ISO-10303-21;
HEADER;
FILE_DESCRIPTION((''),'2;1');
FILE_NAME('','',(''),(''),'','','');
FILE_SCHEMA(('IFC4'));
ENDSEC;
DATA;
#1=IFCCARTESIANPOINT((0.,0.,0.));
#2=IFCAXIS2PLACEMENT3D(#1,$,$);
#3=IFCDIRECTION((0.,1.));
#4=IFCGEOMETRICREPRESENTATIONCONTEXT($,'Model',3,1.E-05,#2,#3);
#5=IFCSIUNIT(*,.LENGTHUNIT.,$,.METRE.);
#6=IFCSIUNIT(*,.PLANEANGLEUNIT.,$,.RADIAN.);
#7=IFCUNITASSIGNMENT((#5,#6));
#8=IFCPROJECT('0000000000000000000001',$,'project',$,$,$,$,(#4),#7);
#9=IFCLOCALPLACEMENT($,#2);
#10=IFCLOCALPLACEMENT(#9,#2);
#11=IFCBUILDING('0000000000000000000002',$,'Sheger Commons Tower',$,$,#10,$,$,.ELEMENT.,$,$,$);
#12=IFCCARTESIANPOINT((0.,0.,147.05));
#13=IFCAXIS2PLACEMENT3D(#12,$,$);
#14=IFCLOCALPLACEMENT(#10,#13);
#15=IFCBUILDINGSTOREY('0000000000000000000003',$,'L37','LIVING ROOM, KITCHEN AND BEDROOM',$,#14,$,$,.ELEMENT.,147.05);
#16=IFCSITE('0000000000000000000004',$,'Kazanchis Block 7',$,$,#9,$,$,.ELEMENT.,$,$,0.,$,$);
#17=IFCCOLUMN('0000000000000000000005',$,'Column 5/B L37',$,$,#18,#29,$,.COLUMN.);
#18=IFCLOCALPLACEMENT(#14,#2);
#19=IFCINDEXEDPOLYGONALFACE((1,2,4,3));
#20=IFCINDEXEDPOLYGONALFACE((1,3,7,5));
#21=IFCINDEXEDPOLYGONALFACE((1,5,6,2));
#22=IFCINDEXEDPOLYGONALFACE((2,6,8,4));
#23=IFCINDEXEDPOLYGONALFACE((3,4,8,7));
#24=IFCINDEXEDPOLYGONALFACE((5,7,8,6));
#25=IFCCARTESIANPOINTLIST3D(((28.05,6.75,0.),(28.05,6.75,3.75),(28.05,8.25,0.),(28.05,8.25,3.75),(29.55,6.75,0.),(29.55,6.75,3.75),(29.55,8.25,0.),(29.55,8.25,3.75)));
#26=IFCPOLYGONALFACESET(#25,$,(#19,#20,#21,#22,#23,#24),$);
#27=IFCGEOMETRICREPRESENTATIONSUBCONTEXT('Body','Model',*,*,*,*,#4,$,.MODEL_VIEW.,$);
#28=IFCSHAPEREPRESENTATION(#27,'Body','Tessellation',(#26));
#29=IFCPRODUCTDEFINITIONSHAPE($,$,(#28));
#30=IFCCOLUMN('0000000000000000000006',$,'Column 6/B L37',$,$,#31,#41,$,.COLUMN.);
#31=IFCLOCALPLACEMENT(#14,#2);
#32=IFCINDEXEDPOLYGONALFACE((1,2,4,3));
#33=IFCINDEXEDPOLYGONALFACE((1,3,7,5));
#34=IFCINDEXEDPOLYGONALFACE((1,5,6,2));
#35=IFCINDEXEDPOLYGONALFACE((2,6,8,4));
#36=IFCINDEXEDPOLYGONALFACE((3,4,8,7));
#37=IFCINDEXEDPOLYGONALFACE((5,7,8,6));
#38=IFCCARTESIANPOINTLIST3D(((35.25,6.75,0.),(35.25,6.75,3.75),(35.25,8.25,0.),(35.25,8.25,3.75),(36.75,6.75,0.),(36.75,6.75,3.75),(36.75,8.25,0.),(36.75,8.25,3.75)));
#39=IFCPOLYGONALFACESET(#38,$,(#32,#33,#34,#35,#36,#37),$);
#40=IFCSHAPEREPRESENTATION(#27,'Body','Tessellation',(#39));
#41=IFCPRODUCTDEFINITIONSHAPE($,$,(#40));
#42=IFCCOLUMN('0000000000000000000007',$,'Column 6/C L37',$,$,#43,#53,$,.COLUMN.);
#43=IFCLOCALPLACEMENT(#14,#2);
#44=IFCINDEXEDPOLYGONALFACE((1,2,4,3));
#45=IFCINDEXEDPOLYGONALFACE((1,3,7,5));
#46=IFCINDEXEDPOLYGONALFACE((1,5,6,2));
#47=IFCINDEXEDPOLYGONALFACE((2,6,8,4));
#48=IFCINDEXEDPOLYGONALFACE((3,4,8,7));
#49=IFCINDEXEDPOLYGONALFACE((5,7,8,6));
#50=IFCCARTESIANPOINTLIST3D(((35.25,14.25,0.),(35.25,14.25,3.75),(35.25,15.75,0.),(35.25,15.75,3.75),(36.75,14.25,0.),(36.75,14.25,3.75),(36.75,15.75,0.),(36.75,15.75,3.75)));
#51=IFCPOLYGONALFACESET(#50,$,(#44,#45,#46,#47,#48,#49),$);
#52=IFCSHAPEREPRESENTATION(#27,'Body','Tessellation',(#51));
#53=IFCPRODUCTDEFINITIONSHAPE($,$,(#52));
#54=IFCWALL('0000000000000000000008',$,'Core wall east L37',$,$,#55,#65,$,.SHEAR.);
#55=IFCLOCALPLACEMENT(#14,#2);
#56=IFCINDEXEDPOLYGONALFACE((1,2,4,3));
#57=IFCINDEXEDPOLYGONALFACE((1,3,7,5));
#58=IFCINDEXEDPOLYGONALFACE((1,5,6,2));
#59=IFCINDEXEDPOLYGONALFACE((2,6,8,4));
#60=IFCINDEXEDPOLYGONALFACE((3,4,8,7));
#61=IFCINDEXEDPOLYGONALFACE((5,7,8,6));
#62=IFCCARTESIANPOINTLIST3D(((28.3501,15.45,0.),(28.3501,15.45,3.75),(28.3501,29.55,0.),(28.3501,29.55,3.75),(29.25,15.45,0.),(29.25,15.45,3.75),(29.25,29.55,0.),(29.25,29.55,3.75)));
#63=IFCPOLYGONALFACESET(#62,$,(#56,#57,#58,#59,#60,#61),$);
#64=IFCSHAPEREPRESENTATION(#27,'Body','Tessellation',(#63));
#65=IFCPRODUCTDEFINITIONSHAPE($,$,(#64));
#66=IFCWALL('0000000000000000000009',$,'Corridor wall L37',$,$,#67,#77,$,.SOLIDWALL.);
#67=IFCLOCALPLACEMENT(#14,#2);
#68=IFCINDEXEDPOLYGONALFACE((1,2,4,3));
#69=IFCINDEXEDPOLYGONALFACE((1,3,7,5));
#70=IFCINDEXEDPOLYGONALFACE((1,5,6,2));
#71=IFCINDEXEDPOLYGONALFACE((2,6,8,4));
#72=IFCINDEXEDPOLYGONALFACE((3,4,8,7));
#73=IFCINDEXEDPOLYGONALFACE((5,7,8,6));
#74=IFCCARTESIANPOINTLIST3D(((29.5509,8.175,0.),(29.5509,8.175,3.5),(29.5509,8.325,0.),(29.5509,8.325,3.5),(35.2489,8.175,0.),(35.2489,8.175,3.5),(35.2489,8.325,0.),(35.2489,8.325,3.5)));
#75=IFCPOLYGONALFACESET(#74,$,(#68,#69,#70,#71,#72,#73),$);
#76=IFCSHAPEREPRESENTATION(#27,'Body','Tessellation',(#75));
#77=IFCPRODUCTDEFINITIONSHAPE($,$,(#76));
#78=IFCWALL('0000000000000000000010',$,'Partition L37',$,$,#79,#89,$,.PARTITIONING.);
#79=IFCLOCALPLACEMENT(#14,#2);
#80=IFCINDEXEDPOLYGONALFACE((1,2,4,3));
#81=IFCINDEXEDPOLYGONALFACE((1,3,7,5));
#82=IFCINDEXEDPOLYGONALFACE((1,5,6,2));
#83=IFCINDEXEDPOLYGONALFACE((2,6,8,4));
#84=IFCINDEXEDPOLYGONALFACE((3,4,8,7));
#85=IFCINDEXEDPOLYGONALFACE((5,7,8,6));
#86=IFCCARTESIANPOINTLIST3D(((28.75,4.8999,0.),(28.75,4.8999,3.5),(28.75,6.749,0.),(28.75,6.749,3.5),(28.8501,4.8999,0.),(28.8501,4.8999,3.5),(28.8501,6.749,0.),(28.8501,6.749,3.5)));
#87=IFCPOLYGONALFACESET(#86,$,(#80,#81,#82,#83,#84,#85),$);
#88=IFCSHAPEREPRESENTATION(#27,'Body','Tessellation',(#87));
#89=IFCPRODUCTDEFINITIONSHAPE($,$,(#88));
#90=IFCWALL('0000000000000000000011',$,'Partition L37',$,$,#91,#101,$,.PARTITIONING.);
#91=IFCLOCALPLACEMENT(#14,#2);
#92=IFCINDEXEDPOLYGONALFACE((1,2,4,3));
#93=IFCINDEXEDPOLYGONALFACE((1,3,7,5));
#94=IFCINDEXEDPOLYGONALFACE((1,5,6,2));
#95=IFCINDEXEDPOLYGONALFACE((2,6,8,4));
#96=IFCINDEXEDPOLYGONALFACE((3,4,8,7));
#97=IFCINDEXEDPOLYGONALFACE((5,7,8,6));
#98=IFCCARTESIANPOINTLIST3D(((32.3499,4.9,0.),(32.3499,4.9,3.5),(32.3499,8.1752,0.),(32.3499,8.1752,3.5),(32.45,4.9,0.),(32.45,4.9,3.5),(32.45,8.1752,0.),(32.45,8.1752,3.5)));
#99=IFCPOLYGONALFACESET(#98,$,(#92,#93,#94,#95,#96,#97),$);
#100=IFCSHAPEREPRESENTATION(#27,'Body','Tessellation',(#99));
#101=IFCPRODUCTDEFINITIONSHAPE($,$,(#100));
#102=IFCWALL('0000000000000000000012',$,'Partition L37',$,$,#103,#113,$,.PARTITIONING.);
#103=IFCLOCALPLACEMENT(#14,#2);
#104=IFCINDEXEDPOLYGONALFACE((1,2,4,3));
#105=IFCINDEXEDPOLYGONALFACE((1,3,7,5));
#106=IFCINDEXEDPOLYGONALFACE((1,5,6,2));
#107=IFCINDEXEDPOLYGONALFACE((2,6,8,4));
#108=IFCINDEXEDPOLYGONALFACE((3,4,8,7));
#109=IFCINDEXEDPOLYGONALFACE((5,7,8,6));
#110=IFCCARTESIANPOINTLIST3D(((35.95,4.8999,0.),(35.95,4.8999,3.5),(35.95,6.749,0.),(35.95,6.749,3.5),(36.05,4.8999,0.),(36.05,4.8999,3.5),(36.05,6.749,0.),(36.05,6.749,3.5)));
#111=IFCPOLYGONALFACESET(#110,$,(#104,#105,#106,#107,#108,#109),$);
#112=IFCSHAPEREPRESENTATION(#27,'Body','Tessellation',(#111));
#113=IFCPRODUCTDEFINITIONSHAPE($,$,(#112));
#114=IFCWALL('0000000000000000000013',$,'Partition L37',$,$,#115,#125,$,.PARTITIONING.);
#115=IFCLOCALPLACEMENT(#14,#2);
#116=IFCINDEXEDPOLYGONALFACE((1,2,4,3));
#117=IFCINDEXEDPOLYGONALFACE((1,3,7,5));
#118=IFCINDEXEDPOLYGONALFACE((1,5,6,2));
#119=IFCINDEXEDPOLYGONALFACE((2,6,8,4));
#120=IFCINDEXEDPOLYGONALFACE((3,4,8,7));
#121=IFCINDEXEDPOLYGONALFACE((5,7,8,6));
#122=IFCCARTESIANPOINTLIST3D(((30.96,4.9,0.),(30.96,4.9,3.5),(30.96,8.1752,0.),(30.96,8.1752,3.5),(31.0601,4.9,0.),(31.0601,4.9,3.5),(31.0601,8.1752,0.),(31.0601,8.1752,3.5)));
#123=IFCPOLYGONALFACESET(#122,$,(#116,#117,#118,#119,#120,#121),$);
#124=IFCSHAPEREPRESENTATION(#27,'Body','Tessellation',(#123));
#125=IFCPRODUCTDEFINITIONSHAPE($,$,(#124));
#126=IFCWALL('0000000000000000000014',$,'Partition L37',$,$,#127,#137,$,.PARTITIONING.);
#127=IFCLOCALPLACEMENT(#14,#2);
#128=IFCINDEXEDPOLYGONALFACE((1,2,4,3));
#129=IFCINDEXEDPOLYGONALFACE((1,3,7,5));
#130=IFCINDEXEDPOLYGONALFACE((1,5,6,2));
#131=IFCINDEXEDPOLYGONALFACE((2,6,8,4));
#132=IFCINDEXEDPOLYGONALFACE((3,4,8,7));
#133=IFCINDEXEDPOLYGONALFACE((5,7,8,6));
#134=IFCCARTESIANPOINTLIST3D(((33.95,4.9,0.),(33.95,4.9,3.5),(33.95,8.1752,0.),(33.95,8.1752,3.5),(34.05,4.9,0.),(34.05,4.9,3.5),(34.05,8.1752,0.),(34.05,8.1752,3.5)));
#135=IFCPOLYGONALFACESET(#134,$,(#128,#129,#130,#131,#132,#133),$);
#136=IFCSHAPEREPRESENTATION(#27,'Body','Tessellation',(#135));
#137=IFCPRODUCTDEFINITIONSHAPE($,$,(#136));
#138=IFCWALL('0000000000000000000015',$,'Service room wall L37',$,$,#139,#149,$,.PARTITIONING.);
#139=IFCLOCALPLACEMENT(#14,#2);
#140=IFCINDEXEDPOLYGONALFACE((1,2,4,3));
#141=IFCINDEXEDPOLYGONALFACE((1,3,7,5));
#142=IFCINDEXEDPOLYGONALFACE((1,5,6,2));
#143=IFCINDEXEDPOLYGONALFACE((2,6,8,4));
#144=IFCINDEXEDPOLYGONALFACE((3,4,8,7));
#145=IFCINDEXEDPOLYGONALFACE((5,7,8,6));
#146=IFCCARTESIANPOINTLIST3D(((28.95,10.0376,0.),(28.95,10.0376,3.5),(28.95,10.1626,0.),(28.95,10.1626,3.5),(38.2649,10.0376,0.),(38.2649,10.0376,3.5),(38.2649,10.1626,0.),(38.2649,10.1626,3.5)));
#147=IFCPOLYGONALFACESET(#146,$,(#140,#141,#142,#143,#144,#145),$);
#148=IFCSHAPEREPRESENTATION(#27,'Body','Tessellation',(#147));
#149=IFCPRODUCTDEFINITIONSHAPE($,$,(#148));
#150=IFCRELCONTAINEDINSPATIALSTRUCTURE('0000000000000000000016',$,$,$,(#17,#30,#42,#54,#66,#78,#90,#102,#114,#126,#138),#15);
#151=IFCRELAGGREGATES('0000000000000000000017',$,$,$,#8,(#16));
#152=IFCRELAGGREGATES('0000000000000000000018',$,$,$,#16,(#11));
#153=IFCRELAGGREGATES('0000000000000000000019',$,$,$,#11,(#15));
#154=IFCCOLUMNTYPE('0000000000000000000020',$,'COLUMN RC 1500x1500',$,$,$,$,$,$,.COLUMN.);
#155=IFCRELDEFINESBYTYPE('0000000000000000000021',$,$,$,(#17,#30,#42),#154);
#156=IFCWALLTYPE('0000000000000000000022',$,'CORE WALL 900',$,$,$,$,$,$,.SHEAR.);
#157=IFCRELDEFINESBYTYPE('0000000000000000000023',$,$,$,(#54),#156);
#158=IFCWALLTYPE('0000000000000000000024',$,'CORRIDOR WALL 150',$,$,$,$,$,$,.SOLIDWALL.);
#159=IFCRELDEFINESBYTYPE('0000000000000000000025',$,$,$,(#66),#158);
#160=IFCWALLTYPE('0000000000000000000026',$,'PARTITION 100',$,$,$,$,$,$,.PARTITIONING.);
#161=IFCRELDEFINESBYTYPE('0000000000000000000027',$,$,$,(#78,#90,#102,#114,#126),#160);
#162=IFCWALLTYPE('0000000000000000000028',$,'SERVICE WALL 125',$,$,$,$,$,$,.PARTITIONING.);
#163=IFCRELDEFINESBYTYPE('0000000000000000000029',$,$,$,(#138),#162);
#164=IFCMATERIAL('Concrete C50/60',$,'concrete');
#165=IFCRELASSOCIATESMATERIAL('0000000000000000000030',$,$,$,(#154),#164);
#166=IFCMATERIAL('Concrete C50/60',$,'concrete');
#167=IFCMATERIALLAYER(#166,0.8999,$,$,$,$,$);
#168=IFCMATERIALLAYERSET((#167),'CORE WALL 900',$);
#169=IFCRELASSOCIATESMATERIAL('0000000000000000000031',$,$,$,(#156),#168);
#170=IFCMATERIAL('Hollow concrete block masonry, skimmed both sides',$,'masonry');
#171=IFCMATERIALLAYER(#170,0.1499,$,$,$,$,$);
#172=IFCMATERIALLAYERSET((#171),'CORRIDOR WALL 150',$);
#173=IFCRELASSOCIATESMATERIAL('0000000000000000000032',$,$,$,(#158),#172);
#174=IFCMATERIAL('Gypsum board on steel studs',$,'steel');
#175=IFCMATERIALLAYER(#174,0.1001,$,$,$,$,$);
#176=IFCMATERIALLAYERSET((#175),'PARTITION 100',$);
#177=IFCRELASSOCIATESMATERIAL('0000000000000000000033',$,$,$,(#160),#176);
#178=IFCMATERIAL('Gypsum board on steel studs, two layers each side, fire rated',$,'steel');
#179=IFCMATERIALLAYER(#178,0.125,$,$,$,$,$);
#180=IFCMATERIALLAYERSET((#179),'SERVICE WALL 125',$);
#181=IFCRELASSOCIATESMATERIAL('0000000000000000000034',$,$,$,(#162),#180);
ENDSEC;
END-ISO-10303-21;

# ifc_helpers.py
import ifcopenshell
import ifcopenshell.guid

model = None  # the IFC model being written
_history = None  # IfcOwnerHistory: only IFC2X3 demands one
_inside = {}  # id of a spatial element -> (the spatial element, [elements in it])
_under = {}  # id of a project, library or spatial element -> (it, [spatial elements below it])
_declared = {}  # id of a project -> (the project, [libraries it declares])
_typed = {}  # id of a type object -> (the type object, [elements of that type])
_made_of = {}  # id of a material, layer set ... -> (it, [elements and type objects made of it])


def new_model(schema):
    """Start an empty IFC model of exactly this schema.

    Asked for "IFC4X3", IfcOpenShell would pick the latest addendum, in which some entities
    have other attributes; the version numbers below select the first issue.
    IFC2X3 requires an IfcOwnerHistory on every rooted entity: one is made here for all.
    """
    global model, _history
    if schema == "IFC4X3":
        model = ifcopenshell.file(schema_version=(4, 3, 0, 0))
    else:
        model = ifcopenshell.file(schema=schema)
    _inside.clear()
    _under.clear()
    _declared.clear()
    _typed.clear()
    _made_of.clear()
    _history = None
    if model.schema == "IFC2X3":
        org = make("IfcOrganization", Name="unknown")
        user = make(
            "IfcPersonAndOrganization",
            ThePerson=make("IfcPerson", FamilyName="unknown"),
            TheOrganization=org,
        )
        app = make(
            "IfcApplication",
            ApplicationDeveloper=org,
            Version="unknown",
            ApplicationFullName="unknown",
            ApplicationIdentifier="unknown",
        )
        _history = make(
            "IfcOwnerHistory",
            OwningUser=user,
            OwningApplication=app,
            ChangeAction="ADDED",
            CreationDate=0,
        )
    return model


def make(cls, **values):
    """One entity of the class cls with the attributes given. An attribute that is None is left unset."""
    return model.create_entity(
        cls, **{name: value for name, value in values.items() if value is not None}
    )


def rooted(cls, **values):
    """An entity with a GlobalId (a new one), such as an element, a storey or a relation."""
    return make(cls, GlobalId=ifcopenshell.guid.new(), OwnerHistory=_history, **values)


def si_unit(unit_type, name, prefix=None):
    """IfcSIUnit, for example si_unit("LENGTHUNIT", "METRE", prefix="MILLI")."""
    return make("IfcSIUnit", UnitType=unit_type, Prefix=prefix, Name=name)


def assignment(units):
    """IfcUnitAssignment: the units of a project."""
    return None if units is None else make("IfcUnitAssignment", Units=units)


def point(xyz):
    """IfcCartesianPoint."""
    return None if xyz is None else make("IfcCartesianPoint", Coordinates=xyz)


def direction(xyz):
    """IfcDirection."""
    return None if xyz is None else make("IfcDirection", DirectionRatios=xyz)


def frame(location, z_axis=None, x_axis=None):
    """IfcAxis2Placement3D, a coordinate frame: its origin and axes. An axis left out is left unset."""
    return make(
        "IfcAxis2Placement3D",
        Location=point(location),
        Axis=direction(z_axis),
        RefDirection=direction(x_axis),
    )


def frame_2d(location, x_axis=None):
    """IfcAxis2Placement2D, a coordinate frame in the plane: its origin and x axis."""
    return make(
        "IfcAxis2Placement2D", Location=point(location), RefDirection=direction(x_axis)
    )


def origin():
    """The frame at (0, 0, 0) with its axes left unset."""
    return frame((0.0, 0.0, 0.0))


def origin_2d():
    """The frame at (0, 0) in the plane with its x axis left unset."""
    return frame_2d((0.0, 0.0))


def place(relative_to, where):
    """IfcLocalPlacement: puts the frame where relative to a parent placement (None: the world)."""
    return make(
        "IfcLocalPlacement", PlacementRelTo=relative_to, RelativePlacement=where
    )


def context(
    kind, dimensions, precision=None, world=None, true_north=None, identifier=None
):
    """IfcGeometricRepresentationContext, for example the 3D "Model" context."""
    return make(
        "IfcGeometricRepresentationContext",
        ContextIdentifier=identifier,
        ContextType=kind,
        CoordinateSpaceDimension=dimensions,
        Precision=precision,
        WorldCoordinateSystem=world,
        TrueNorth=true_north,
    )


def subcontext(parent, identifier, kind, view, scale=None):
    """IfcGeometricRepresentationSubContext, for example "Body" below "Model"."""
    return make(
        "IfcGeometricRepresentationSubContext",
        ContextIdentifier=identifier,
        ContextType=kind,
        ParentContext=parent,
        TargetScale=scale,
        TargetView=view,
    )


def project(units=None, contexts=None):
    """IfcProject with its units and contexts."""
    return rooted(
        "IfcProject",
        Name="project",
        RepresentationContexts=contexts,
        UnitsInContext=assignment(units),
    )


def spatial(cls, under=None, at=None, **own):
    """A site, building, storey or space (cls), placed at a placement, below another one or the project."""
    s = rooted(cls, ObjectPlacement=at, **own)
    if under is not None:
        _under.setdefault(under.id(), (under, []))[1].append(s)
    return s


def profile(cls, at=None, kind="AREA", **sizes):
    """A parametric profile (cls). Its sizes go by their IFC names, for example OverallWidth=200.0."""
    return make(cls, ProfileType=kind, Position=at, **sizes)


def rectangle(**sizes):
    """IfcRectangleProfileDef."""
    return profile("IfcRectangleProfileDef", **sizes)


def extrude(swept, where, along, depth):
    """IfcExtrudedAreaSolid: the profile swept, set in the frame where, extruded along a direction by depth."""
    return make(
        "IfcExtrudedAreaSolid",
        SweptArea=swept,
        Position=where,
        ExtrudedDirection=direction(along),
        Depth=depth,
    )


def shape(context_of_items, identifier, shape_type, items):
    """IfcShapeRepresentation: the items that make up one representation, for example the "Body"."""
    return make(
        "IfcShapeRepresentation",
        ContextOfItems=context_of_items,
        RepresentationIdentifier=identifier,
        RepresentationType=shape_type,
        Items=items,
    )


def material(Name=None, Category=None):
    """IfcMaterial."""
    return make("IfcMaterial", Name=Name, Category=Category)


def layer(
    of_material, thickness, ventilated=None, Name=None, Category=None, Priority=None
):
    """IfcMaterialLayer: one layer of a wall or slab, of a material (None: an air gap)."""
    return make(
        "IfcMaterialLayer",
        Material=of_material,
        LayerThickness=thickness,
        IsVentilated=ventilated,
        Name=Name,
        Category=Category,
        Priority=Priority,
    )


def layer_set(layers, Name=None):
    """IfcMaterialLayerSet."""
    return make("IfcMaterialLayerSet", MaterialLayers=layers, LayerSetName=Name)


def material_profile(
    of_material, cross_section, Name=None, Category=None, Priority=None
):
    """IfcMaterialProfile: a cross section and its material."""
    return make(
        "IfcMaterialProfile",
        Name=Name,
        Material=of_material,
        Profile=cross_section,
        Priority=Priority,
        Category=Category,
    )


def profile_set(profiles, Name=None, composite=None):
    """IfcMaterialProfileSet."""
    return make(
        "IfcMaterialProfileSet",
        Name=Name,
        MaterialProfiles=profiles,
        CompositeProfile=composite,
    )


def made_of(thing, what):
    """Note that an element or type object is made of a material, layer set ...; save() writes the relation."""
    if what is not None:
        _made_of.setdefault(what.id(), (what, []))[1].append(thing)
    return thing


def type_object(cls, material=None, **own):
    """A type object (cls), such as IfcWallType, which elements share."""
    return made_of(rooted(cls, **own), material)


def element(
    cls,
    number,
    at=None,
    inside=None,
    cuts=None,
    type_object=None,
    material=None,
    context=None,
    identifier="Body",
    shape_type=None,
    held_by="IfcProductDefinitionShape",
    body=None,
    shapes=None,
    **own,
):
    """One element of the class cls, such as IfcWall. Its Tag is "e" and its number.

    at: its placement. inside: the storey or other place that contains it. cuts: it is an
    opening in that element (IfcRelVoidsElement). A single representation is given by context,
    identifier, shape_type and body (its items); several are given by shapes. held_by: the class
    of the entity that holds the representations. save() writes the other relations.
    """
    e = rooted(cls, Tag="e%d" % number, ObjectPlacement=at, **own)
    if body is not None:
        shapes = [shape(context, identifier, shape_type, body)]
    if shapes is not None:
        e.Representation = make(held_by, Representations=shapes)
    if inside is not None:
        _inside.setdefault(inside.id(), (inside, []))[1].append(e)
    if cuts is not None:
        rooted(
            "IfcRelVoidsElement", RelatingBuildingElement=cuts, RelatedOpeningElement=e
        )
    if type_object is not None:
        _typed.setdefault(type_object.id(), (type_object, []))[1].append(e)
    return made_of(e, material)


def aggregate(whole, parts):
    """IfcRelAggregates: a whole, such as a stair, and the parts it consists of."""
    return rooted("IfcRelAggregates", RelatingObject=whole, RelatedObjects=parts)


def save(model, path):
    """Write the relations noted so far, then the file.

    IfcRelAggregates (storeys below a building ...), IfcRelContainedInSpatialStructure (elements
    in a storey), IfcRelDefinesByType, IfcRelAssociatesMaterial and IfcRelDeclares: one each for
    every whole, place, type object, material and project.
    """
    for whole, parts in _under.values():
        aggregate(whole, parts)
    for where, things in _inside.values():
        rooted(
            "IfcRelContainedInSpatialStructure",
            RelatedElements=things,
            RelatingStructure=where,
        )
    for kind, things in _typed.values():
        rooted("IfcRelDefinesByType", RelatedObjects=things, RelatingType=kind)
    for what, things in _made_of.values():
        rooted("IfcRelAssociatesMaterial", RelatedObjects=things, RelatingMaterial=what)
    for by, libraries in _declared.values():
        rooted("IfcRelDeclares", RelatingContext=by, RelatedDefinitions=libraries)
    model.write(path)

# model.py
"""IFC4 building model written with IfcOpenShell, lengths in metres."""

from ifc_helpers import new_model, si_unit, direction, frame, frame_2d, origin, origin_2d, place, context, subcontext, project, spatial, rectangle, extrude, material, layer, layer_set, material_profile, profile_set, type_object, element, save


model = new_model("IFC4")

# Units and contexts
model_context = context("Model", 3, precision=1e-05, world=origin(), true_north=direction((0.0, 1.0)))
body_context = subcontext(model_context, "Body", "Model", "MODEL_VIEW")
ifc_project = project(units=[si_unit("LENGTHUNIT", "METRE"), si_unit("PLANEANGLEUNIT", "RADIAN")], contexts=[model_context])

# Site, building, storey
site_placement = place(None, origin())
site = spatial("IfcSite", under=ifc_project, at=site_placement, Name="Kazanchis Block 7", CompositionType="ELEMENT", RefElevation=0.0)
building_placement = place(site_placement, origin())
building = spatial("IfcBuilding", under=site, at=building_placement, Name="Sheger Commons Tower", CompositionType="ELEMENT")
storey_placement = place(building_placement, frame((0.0, 0.0, 147.05)))
storey = spatial("IfcBuildingStorey", under=building, at=storey_placement, Name="L37", Description="LIVING ROOM, KITCHEN AND BEDROOM", CompositionType="ELEMENT", Elevation=147.05)

# Columns
ifc_material_1 = material(Name="Concrete C50/60", Category="concrete")
ifc_material_profile = material_profile(ifc_material_1, rectangle(XDim=1.5, YDim=1.5, at=origin_2d()), Name="RC 1500x1500")
ifc_profile_set = profile_set([ifc_material_profile], Name="Concrete C50/60")
column_type = type_object("IfcColumnType", Name="COLUMN RC 1500x1500", PredefinedType="COLUMN", material=ifc_profile_set)
for number, where, z_axis, x_axis, name in (
    (1, (28.8, 7.5, 0.0), (0.0, 0.0, 1.0), (1.0, 0.0, 0.0), "Column 5/B L37"),
    (2, (36.0, 7.5, 0.0), (0.0, 0.0, 1.0), (1.0, 0.0, 0.0), "Column 6/B L37"),
    (3, (36.0, 15.0, 0.0), (0.0, 0.0, 1.0), (1.0, 0.0, 0.0), "Column 6/C L37"),
):
    element("IfcColumn", number, at=place(storey_placement, frame(where, z_axis=z_axis, x_axis=x_axis)), inside=storey, type_object=column_type, Name=name, PredefinedType="COLUMN", context=body_context, shape_type="SweptSolid", body=[
        extrude(rectangle(XDim=1.5, YDim=1.5, at=origin_2d()), origin(), (0.0, 0.0, 1.0), 3.75),
    ])

# Walls
ifc_material_2 = material(Name="Concrete C50/60", Category="concrete")
ifc_layer_1 = layer(ifc_material_2, 0.8999)
ifc_layer_set_1 = layer_set([ifc_layer_1], Name="CORE WALL 900")
wall_type_1 = type_object("IfcWallType", Name="CORE WALL 900", PredefinedType="SHEAR", material=ifc_layer_set_1)
wall_1_placement = place(storey_placement, frame((28.8, 15.45, 0.0), z_axis=(0.0, 0.0, 1.0), x_axis=(0.0, 1.0, 0.0)))
element("IfcWall", 4, at=wall_1_placement, inside=storey, type_object=wall_type_1, Name="Core wall east L37", PredefinedType="SHEAR", context=body_context, shape_type="SweptSolid", body=[
    extrude(rectangle(XDim=14.1001, YDim=0.8999, at=frame_2d((7.05, 0.0))), origin(), (0.0, 0.0, 1.0), 3.75),
])
ifc_material_3 = material(Name="Hollow concrete block masonry, skimmed both sides", Category="masonry")
ifc_layer_2 = layer(ifc_material_3, 0.1499)
ifc_layer_set_2 = layer_set([ifc_layer_2], Name="CORRIDOR WALL 150")
wall_type_2 = type_object("IfcWallType", Name="CORRIDOR WALL 150", PredefinedType="SOLIDWALL", material=ifc_layer_set_2)
wall_2_placement = place(storey_placement, frame((35.249, 8.25, 0.0), z_axis=(0.0, 0.0, 1.0), x_axis=(-1.0, 0.0, 0.0)))
element("IfcWall", 5, at=wall_2_placement, inside=storey, type_object=wall_type_2, Name="Corridor wall L37", PredefinedType="SOLIDWALL", context=body_context, shape_type="SweptSolid", body=[
    extrude(rectangle(XDim=5.698, YDim=0.1499, at=frame_2d((2.8491, 0.0))), origin(), (0.0, 0.0, 1.0), 3.5),
])
ifc_material_4 = material(Name="Gypsum board on steel studs", Category="steel")
ifc_layer_3 = layer(ifc_material_4, 0.1001)
ifc_layer_set_3 = layer_set([ifc_layer_3], Name="PARTITION 100")
wall_type_3 = type_object("IfcWallType", Name="PARTITION 100", PredefinedType="PARTITIONING", material=ifc_layer_set_3)
wall_3_placement = place(storey_placement, frame((28.8, 4.8999, 0.0), z_axis=(0.0, 0.0, 1.0), x_axis=(0.0, 1.0, 0.0)))
element("IfcWall", 6, at=wall_3_placement, inside=storey, type_object=wall_type_3, Name="Partition L37", PredefinedType="PARTITIONING", context=body_context, shape_type="SweptSolid", body=[
    extrude(rectangle(XDim=1.8491, YDim=0.1001, at=frame_2d((0.9246, 0.0))), origin(), (0.0, 0.0, 1.0), 3.5),
])
wall_4_placement = place(storey_placement, frame((32.3999, 4.8999, 0.0), z_axis=(0.0, 0.0, 1.0), x_axis=(0.0, 1.0, 0.0)))
element("IfcWall", 7, at=wall_4_placement, inside=storey, type_object=wall_type_3, Name="Partition L37", PredefinedType="PARTITIONING", context=body_context, shape_type="SweptSolid", body=[
    extrude(rectangle(XDim=3.2751, YDim=0.1001, at=frame_2d((1.6377, 0.0))), origin(), (0.0, 0.0, 1.0), 3.5),
])
wall_5_placement = place(storey_placement, frame((36.0, 4.8999, 0.0), z_axis=(0.0, 0.0, 1.0), x_axis=(0.0, 1.0, 0.0)))
element("IfcWall", 8, at=wall_5_placement, inside=storey, type_object=wall_type_3, Name="Partition L37", PredefinedType="PARTITIONING", context=body_context, shape_type="SweptSolid", body=[
    extrude(rectangle(XDim=1.8491, YDim=0.1001, at=frame_2d((0.9246, 0.0))), origin(), (0.0, 0.0, 1.0), 3.5),
])
for number, where, z_axis, x_axis, name in (
    (9, (31.01, 4.8999, 0.0), (0.0, 0.0, 1.0), (0.0, 1.0, 0.0), "Partition L37"),
    (10, (34.0, 4.8999, 0.0), (0.0, 0.0, 1.0), (0.0, 1.0, 0.0), "Partition L37"),
):
    element("IfcWall", number, at=place(storey_placement, frame(where, z_axis=z_axis, x_axis=x_axis)), inside=storey, type_object=wall_type_3, Name=name, PredefinedType="PARTITIONING", context=body_context, shape_type="SweptSolid", body=[
        extrude(rectangle(XDim=3.2751, YDim=0.1001, at=frame_2d((1.6377, 0.0))), origin(), (0.0, 0.0, 1.0), 3.5),
    ])
ifc_material_5 = material(Name="Gypsum board on steel studs, two layers each side, fire rated", Category="steel")
ifc_layer_4 = layer(ifc_material_5, 0.125)
ifc_layer_set_4 = layer_set([ifc_layer_4], Name="SERVICE WALL 125")
wall_type_4 = type_object("IfcWallType", Name="SERVICE WALL 125", PredefinedType="PARTITIONING", material=ifc_layer_set_4)
wall_6_placement = place(storey_placement, frame((28.95, 10.1001, 0.0), z_axis=(0.0, 0.0, 1.0), x_axis=(1.0, 0.0, 0.0)))
element("IfcWall", 11, at=wall_6_placement, inside=storey, type_object=wall_type_4, Name="Service room wall L37", PredefinedType="PARTITIONING", context=body_context, shape_type="SweptSolid", body=[
    extrude(rectangle(XDim=9.3149, YDim=0.125, at=frame_2d((4.6575, 0.0))), origin(), (0.0, 0.0, 1.0), 3.5),
])

save(model, "model.ifc")
